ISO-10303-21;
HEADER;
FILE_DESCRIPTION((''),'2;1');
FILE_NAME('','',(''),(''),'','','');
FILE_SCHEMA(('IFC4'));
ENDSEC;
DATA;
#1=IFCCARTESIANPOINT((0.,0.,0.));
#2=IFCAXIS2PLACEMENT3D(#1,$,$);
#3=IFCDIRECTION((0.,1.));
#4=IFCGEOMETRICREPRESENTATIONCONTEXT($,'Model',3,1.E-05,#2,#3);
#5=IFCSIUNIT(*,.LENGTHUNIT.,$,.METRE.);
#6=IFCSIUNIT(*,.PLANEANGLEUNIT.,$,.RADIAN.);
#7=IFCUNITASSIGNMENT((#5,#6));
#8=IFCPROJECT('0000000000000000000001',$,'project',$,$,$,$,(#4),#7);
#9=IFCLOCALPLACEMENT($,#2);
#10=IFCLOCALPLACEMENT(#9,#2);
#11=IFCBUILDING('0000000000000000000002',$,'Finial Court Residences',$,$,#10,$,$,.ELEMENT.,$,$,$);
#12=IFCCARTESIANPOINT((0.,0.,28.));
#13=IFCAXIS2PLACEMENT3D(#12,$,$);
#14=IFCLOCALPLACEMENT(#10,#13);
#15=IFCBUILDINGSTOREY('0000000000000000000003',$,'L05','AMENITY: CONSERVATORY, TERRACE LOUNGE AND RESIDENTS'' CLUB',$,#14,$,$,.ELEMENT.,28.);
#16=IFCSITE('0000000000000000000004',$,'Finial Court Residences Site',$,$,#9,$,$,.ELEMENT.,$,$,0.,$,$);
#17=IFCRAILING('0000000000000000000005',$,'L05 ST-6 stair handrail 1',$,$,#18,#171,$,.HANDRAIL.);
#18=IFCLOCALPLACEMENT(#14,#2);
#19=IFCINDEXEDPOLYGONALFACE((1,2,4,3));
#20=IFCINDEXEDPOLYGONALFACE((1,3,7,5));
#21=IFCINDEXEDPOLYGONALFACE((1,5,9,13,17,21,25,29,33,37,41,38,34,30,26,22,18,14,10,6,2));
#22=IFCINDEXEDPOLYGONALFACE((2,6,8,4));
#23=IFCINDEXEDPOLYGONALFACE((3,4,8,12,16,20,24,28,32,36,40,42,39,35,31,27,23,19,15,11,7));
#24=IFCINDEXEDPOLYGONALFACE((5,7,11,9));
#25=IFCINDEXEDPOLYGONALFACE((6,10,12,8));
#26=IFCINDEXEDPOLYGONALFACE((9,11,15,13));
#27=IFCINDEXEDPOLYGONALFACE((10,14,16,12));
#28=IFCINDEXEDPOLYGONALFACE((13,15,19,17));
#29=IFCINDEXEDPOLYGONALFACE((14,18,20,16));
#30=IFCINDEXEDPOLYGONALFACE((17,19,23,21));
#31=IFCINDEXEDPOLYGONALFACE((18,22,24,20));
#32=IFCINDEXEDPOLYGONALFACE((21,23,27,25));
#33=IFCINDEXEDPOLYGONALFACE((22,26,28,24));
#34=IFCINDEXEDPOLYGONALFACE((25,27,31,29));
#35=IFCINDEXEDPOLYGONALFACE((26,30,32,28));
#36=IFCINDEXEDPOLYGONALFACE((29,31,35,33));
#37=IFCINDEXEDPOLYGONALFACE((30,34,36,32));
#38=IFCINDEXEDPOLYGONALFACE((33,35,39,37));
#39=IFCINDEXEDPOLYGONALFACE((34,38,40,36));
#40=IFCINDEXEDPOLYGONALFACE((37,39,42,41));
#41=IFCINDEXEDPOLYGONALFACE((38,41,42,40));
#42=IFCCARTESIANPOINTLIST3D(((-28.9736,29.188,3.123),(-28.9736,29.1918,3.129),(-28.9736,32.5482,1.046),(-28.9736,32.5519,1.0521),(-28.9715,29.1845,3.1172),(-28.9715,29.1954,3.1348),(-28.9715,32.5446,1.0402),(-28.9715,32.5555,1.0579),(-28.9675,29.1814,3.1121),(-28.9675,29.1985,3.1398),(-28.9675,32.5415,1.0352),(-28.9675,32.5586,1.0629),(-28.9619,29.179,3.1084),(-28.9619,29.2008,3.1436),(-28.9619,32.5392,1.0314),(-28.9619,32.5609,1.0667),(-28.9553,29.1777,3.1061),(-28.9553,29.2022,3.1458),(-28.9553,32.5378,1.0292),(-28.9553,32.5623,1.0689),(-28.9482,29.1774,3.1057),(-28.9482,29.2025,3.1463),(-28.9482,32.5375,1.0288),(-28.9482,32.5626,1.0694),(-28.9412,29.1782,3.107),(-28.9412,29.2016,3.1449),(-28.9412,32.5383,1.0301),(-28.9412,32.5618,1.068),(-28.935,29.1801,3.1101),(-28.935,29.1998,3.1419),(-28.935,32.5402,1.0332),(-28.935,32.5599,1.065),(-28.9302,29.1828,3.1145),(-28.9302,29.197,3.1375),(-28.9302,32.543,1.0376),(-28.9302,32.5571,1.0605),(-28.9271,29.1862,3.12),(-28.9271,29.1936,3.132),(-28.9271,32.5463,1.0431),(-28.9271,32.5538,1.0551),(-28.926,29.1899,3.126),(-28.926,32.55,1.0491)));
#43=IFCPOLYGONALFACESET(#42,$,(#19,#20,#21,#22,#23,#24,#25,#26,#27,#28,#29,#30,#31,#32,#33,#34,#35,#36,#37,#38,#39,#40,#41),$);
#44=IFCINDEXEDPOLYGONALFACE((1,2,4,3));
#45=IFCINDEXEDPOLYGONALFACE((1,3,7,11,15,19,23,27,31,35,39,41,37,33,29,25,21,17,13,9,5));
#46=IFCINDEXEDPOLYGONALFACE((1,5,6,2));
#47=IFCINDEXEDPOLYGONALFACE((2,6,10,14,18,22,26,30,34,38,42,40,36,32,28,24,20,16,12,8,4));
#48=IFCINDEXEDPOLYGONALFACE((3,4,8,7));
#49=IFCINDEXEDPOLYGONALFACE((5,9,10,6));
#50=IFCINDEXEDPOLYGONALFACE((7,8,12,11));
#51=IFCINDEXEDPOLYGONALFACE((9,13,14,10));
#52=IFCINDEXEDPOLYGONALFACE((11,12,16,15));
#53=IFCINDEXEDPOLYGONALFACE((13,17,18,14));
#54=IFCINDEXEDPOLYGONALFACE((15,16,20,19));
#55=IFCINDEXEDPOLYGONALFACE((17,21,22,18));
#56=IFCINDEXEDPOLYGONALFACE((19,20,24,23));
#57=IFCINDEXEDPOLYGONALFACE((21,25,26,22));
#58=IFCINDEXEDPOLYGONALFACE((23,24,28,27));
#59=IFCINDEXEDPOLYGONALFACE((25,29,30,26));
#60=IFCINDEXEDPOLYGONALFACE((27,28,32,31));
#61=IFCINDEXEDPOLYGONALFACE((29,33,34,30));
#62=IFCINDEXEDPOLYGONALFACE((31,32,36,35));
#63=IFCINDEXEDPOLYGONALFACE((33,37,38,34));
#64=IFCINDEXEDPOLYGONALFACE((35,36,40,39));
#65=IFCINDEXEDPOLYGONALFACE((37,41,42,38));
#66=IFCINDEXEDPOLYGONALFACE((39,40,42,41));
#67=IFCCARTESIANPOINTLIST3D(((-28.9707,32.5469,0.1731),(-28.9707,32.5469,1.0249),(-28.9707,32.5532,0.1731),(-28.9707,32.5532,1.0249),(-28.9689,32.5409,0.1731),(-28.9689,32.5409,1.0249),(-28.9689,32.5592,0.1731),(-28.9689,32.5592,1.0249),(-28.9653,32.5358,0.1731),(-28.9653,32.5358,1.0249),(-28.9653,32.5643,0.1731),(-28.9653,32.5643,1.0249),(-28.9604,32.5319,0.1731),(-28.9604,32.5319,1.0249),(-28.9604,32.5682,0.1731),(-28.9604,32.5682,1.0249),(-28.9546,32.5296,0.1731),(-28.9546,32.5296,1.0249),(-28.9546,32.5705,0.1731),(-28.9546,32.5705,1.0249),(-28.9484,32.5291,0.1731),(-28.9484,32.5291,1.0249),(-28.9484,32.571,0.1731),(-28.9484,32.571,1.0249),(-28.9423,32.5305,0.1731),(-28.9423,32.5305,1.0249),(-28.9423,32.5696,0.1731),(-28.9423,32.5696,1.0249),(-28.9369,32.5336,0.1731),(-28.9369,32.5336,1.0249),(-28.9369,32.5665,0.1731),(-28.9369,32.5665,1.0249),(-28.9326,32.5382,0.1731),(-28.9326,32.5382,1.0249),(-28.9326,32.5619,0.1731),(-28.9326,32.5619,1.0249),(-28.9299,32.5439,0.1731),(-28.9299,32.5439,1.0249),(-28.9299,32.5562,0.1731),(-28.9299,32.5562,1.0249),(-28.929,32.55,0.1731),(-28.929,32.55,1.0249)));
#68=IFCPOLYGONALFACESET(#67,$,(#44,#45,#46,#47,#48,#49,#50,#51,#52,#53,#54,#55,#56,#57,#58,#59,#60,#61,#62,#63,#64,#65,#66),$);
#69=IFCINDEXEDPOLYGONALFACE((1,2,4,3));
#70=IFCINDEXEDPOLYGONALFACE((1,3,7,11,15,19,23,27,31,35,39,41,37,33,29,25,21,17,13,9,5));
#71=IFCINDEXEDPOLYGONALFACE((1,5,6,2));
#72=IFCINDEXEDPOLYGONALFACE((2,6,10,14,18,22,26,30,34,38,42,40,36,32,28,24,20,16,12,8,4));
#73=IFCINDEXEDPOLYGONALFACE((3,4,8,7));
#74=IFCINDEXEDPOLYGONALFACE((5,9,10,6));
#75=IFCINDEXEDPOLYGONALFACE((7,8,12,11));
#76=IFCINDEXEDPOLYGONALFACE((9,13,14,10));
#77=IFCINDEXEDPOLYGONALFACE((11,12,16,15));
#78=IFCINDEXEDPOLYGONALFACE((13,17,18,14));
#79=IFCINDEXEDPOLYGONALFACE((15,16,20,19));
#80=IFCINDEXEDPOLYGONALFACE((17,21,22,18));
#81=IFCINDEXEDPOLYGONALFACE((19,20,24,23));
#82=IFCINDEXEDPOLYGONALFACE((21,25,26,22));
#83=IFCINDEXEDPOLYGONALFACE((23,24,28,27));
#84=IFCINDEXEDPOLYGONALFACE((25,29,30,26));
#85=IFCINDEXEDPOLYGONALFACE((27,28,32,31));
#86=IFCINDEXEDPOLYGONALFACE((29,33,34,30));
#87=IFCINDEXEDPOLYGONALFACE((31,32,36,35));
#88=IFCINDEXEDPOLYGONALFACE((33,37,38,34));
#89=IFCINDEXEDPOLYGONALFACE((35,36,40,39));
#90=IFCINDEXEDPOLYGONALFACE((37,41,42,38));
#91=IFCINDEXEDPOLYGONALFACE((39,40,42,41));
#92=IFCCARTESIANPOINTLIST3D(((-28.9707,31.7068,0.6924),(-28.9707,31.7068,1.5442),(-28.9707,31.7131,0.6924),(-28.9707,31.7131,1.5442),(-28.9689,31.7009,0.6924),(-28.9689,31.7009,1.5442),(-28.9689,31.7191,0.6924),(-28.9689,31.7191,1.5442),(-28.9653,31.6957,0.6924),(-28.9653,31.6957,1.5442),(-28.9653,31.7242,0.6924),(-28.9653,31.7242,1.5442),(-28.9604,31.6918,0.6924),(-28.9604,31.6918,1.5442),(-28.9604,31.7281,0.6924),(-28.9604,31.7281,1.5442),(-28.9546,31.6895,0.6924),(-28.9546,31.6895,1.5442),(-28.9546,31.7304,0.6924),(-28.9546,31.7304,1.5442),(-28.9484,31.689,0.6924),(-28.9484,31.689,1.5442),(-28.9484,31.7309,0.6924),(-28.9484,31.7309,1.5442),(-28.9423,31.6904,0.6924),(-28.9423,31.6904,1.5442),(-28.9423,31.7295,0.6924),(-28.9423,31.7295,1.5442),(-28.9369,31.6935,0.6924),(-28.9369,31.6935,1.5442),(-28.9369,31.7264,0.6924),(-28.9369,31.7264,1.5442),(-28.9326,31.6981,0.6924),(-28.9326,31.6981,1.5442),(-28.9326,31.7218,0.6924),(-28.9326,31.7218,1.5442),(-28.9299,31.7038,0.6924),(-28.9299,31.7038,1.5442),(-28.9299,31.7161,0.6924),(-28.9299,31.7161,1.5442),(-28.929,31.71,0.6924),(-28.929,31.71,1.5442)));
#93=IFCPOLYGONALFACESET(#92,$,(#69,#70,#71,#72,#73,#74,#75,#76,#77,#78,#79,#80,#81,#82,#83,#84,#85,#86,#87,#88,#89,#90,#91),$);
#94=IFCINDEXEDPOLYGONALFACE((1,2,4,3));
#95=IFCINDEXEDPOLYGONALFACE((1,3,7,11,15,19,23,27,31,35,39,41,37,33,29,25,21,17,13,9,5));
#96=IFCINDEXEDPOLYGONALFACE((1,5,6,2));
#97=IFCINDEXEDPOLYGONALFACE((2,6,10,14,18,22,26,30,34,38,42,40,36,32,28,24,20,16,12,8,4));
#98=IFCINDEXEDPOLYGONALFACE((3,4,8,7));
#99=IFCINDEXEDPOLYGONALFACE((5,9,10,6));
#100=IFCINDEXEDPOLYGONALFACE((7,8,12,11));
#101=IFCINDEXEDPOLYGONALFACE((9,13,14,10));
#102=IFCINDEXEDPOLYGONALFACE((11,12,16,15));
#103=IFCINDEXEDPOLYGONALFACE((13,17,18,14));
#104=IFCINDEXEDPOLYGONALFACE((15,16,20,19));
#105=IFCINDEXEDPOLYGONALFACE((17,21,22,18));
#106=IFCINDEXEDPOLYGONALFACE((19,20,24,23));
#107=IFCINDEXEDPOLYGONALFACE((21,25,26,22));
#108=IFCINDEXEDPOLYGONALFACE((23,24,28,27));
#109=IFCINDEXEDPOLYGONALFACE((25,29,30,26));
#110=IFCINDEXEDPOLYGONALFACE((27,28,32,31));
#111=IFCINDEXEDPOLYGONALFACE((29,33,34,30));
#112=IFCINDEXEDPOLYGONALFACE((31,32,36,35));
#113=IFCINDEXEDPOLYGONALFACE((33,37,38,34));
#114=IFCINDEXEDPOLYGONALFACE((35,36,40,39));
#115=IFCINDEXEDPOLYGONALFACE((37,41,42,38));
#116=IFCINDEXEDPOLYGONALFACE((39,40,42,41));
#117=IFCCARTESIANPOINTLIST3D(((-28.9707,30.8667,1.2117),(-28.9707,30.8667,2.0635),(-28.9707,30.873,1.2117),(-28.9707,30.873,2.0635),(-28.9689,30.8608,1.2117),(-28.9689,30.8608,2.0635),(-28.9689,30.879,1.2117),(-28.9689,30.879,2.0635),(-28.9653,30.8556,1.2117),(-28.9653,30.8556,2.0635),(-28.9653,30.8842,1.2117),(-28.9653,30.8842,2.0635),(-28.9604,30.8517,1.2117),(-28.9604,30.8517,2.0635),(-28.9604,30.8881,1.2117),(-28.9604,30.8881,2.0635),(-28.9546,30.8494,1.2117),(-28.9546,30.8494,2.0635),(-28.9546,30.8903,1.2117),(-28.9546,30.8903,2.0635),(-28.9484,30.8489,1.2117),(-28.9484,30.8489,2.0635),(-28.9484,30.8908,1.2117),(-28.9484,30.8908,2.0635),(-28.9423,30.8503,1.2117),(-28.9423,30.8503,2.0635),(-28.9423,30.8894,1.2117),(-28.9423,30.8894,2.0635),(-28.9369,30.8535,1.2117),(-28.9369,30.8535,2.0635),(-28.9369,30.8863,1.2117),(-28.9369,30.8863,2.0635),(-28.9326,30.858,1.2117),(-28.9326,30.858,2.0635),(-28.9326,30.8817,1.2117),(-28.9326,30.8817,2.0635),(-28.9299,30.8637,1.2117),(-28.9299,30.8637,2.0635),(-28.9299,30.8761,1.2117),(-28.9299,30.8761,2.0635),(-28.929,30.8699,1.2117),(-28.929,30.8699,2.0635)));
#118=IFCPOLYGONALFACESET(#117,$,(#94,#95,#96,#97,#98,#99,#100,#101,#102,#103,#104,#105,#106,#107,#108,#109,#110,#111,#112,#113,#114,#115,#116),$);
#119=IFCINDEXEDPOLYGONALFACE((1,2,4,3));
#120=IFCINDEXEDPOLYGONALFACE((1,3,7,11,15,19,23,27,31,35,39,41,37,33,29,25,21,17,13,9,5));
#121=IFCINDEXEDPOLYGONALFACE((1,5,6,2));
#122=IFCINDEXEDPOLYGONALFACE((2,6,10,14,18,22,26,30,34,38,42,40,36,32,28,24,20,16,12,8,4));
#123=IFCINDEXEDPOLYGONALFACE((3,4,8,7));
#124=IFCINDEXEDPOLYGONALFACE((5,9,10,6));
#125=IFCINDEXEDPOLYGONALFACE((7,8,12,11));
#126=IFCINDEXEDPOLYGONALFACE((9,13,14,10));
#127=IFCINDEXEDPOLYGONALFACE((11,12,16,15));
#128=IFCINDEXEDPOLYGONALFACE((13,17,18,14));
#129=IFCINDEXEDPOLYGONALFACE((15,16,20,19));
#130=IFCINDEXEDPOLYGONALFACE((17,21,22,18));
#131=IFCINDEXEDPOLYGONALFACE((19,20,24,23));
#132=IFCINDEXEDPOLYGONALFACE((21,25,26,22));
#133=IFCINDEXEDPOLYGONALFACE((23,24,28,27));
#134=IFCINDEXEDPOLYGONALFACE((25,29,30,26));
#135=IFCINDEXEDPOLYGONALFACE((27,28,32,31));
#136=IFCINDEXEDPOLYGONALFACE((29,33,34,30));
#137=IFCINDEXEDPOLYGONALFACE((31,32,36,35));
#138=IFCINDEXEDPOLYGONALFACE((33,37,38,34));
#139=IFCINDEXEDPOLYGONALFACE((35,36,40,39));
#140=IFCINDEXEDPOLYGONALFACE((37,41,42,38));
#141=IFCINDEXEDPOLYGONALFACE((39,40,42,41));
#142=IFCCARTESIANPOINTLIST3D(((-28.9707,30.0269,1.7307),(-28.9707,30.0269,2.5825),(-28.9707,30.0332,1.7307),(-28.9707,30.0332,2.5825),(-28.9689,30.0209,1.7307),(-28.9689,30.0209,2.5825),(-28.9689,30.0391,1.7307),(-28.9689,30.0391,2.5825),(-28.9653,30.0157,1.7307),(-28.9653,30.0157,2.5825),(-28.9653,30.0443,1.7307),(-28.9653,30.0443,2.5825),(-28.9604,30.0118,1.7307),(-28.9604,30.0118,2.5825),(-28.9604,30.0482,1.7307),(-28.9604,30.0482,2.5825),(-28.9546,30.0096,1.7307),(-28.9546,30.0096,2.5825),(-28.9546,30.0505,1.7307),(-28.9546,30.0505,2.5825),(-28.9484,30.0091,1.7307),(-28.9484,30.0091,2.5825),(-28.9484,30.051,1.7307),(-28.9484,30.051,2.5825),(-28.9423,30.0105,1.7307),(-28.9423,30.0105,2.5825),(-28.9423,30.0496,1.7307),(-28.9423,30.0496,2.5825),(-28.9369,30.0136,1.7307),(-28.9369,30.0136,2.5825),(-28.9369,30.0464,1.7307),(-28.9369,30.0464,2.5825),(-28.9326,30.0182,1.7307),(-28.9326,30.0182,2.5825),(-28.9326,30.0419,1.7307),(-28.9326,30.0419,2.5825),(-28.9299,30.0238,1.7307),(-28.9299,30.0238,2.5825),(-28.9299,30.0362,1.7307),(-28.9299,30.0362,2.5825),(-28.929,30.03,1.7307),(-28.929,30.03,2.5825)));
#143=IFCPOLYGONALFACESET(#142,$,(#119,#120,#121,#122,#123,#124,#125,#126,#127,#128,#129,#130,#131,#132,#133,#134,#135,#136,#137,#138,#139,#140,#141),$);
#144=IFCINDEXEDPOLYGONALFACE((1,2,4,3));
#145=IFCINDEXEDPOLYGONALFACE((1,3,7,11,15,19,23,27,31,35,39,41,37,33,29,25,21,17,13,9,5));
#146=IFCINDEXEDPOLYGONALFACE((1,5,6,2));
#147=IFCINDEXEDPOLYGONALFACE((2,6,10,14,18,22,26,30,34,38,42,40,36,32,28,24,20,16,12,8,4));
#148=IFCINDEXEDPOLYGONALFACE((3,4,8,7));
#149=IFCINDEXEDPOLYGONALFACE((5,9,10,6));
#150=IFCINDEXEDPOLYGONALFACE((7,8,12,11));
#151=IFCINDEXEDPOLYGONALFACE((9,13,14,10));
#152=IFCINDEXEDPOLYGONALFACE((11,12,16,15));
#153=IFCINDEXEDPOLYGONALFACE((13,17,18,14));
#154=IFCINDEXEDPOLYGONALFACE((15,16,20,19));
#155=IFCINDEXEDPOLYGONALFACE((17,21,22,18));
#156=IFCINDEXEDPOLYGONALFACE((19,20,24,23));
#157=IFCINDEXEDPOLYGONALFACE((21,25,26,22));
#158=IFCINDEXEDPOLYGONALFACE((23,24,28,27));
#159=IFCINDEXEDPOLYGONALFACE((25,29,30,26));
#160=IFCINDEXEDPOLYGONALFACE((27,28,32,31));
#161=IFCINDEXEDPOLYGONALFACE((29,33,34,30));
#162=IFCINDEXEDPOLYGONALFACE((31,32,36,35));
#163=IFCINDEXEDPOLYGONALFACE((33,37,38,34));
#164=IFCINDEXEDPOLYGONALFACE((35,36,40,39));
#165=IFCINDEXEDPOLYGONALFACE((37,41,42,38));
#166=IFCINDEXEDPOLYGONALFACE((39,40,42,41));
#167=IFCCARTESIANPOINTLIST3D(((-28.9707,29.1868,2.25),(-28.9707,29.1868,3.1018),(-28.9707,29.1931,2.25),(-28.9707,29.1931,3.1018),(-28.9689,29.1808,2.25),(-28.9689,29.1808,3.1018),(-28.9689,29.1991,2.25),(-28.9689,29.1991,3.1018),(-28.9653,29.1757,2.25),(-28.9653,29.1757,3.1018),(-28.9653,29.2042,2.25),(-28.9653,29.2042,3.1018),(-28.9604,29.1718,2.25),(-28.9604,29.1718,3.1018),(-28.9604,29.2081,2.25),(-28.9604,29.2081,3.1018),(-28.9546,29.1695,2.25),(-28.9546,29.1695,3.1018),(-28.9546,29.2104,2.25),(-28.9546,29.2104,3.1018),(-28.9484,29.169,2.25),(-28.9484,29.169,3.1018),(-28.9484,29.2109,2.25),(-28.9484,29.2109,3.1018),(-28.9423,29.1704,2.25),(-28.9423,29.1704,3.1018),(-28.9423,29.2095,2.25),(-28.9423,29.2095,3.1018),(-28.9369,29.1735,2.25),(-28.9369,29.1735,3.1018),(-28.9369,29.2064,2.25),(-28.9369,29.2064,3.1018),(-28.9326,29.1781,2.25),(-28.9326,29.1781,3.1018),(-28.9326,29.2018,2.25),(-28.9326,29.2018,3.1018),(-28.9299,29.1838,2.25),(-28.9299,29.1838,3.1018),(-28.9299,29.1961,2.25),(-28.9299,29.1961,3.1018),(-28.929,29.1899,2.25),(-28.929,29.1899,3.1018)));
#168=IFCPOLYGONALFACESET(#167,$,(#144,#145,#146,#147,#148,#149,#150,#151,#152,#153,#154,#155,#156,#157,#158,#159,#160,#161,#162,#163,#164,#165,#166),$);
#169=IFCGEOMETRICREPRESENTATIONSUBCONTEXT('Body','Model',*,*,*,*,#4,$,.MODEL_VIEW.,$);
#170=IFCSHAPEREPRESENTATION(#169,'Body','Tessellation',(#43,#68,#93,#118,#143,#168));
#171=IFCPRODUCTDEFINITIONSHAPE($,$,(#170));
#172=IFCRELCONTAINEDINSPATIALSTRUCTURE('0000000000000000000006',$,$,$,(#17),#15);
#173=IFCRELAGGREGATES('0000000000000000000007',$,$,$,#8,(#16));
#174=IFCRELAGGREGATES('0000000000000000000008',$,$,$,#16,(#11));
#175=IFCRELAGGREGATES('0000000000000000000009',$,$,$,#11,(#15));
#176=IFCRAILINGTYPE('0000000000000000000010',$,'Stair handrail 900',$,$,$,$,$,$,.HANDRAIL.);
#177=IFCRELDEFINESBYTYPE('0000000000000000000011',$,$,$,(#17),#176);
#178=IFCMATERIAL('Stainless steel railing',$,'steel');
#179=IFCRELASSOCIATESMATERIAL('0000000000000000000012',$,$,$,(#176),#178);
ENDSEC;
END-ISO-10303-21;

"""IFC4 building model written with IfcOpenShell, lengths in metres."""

from ifc_helpers import new_model, si_unit, direction, frame, origin, origin_2d, place, context, subcontext, project, spatial, circle, extrude, material, type_object, element, save


model = new_model("IFC4")

# Units and contexts
model_context = context("Model", 3, precision=1e-05, world=origin(), true_north=direction((0.0, 1.0)))
body_context = subcontext(model_context, "Body", "Model", "MODEL_VIEW")
ifc_project = project(units=[si_unit("LENGTHUNIT", "METRE"), si_unit("PLANEANGLEUNIT", "RADIAN")], contexts=[model_context])

# Site, building, storey
site_placement = place(None, origin())
site = spatial("IfcSite", under=ifc_project, at=site_placement, Name="Finial Court Residences Site", CompositionType="ELEMENT", RefElevation=0.0)
building_placement = place(site_placement, origin())
building = spatial("IfcBuilding", under=site, at=building_placement, Name="Finial Court Residences", CompositionType="ELEMENT")
storey_placement = place(building_placement, frame((0.0, 0.0, 28.0)))
storey = spatial("IfcBuildingStorey", under=building, at=storey_placement, Name="L05", Description="AMENITY: CONSERVATORY, TERRACE LOUNGE AND RESIDENTS' CLUB", CompositionType="ELEMENT", Elevation=28.0)

# Railing
ifc_material_1 = material(Name="Stainless steel railing", Category="steel")
railing_type_1 = type_object("IfcRailingType", Name="Stair handrail 900", PredefinedType="HANDRAIL", material=ifc_material_1)
railing_1_placement = place(storey_placement, frame((-28.95, 32.55, 0.1731)))
element("IfcRailing", 1, at=railing_1_placement, inside=storey, type_object=railing_type_1, Name="L05 ST-6 stair handrail 1", PredefinedType="HANDRAIL", context=body_context, shape_type="SweptSolid", body=[
    extrude(circle(Radius=0.0239, at=origin_2d()), frame((0.0, 0.0, 0.876), z_axis=(0.0, -0.850623, 0.525776), x_axis=(1.0, 0.0, 0.0)), (0.0, 0.0, 1.0), 3.9502),
    extrude(circle(Radius=0.021, at=origin_2d()), origin(), (0.0, 0.0, 1.0), 0.8518),
    extrude(circle(Radius=0.021, at=origin_2d()), frame((0.0, -0.8401, 0.5193)), (0.0, 0.0, 1.0), 0.8518),
    extrude(circle(Radius=0.021, at=origin_2d()), frame((0.0, -1.6802, 1.0386)), (0.0, 0.0, 1.0), 0.8518),
    extrude(circle(Radius=0.021, at=origin_2d()), frame((0.0, -2.52, 1.5576)), (0.0, 0.0, 1.0), 0.8518),
    extrude(circle(Radius=0.021, at=origin_2d()), frame((0.0, -3.3601, 2.0769)), (0.0, 0.0, 1.0), 0.8518),
])

save(model, "model.ifc")
